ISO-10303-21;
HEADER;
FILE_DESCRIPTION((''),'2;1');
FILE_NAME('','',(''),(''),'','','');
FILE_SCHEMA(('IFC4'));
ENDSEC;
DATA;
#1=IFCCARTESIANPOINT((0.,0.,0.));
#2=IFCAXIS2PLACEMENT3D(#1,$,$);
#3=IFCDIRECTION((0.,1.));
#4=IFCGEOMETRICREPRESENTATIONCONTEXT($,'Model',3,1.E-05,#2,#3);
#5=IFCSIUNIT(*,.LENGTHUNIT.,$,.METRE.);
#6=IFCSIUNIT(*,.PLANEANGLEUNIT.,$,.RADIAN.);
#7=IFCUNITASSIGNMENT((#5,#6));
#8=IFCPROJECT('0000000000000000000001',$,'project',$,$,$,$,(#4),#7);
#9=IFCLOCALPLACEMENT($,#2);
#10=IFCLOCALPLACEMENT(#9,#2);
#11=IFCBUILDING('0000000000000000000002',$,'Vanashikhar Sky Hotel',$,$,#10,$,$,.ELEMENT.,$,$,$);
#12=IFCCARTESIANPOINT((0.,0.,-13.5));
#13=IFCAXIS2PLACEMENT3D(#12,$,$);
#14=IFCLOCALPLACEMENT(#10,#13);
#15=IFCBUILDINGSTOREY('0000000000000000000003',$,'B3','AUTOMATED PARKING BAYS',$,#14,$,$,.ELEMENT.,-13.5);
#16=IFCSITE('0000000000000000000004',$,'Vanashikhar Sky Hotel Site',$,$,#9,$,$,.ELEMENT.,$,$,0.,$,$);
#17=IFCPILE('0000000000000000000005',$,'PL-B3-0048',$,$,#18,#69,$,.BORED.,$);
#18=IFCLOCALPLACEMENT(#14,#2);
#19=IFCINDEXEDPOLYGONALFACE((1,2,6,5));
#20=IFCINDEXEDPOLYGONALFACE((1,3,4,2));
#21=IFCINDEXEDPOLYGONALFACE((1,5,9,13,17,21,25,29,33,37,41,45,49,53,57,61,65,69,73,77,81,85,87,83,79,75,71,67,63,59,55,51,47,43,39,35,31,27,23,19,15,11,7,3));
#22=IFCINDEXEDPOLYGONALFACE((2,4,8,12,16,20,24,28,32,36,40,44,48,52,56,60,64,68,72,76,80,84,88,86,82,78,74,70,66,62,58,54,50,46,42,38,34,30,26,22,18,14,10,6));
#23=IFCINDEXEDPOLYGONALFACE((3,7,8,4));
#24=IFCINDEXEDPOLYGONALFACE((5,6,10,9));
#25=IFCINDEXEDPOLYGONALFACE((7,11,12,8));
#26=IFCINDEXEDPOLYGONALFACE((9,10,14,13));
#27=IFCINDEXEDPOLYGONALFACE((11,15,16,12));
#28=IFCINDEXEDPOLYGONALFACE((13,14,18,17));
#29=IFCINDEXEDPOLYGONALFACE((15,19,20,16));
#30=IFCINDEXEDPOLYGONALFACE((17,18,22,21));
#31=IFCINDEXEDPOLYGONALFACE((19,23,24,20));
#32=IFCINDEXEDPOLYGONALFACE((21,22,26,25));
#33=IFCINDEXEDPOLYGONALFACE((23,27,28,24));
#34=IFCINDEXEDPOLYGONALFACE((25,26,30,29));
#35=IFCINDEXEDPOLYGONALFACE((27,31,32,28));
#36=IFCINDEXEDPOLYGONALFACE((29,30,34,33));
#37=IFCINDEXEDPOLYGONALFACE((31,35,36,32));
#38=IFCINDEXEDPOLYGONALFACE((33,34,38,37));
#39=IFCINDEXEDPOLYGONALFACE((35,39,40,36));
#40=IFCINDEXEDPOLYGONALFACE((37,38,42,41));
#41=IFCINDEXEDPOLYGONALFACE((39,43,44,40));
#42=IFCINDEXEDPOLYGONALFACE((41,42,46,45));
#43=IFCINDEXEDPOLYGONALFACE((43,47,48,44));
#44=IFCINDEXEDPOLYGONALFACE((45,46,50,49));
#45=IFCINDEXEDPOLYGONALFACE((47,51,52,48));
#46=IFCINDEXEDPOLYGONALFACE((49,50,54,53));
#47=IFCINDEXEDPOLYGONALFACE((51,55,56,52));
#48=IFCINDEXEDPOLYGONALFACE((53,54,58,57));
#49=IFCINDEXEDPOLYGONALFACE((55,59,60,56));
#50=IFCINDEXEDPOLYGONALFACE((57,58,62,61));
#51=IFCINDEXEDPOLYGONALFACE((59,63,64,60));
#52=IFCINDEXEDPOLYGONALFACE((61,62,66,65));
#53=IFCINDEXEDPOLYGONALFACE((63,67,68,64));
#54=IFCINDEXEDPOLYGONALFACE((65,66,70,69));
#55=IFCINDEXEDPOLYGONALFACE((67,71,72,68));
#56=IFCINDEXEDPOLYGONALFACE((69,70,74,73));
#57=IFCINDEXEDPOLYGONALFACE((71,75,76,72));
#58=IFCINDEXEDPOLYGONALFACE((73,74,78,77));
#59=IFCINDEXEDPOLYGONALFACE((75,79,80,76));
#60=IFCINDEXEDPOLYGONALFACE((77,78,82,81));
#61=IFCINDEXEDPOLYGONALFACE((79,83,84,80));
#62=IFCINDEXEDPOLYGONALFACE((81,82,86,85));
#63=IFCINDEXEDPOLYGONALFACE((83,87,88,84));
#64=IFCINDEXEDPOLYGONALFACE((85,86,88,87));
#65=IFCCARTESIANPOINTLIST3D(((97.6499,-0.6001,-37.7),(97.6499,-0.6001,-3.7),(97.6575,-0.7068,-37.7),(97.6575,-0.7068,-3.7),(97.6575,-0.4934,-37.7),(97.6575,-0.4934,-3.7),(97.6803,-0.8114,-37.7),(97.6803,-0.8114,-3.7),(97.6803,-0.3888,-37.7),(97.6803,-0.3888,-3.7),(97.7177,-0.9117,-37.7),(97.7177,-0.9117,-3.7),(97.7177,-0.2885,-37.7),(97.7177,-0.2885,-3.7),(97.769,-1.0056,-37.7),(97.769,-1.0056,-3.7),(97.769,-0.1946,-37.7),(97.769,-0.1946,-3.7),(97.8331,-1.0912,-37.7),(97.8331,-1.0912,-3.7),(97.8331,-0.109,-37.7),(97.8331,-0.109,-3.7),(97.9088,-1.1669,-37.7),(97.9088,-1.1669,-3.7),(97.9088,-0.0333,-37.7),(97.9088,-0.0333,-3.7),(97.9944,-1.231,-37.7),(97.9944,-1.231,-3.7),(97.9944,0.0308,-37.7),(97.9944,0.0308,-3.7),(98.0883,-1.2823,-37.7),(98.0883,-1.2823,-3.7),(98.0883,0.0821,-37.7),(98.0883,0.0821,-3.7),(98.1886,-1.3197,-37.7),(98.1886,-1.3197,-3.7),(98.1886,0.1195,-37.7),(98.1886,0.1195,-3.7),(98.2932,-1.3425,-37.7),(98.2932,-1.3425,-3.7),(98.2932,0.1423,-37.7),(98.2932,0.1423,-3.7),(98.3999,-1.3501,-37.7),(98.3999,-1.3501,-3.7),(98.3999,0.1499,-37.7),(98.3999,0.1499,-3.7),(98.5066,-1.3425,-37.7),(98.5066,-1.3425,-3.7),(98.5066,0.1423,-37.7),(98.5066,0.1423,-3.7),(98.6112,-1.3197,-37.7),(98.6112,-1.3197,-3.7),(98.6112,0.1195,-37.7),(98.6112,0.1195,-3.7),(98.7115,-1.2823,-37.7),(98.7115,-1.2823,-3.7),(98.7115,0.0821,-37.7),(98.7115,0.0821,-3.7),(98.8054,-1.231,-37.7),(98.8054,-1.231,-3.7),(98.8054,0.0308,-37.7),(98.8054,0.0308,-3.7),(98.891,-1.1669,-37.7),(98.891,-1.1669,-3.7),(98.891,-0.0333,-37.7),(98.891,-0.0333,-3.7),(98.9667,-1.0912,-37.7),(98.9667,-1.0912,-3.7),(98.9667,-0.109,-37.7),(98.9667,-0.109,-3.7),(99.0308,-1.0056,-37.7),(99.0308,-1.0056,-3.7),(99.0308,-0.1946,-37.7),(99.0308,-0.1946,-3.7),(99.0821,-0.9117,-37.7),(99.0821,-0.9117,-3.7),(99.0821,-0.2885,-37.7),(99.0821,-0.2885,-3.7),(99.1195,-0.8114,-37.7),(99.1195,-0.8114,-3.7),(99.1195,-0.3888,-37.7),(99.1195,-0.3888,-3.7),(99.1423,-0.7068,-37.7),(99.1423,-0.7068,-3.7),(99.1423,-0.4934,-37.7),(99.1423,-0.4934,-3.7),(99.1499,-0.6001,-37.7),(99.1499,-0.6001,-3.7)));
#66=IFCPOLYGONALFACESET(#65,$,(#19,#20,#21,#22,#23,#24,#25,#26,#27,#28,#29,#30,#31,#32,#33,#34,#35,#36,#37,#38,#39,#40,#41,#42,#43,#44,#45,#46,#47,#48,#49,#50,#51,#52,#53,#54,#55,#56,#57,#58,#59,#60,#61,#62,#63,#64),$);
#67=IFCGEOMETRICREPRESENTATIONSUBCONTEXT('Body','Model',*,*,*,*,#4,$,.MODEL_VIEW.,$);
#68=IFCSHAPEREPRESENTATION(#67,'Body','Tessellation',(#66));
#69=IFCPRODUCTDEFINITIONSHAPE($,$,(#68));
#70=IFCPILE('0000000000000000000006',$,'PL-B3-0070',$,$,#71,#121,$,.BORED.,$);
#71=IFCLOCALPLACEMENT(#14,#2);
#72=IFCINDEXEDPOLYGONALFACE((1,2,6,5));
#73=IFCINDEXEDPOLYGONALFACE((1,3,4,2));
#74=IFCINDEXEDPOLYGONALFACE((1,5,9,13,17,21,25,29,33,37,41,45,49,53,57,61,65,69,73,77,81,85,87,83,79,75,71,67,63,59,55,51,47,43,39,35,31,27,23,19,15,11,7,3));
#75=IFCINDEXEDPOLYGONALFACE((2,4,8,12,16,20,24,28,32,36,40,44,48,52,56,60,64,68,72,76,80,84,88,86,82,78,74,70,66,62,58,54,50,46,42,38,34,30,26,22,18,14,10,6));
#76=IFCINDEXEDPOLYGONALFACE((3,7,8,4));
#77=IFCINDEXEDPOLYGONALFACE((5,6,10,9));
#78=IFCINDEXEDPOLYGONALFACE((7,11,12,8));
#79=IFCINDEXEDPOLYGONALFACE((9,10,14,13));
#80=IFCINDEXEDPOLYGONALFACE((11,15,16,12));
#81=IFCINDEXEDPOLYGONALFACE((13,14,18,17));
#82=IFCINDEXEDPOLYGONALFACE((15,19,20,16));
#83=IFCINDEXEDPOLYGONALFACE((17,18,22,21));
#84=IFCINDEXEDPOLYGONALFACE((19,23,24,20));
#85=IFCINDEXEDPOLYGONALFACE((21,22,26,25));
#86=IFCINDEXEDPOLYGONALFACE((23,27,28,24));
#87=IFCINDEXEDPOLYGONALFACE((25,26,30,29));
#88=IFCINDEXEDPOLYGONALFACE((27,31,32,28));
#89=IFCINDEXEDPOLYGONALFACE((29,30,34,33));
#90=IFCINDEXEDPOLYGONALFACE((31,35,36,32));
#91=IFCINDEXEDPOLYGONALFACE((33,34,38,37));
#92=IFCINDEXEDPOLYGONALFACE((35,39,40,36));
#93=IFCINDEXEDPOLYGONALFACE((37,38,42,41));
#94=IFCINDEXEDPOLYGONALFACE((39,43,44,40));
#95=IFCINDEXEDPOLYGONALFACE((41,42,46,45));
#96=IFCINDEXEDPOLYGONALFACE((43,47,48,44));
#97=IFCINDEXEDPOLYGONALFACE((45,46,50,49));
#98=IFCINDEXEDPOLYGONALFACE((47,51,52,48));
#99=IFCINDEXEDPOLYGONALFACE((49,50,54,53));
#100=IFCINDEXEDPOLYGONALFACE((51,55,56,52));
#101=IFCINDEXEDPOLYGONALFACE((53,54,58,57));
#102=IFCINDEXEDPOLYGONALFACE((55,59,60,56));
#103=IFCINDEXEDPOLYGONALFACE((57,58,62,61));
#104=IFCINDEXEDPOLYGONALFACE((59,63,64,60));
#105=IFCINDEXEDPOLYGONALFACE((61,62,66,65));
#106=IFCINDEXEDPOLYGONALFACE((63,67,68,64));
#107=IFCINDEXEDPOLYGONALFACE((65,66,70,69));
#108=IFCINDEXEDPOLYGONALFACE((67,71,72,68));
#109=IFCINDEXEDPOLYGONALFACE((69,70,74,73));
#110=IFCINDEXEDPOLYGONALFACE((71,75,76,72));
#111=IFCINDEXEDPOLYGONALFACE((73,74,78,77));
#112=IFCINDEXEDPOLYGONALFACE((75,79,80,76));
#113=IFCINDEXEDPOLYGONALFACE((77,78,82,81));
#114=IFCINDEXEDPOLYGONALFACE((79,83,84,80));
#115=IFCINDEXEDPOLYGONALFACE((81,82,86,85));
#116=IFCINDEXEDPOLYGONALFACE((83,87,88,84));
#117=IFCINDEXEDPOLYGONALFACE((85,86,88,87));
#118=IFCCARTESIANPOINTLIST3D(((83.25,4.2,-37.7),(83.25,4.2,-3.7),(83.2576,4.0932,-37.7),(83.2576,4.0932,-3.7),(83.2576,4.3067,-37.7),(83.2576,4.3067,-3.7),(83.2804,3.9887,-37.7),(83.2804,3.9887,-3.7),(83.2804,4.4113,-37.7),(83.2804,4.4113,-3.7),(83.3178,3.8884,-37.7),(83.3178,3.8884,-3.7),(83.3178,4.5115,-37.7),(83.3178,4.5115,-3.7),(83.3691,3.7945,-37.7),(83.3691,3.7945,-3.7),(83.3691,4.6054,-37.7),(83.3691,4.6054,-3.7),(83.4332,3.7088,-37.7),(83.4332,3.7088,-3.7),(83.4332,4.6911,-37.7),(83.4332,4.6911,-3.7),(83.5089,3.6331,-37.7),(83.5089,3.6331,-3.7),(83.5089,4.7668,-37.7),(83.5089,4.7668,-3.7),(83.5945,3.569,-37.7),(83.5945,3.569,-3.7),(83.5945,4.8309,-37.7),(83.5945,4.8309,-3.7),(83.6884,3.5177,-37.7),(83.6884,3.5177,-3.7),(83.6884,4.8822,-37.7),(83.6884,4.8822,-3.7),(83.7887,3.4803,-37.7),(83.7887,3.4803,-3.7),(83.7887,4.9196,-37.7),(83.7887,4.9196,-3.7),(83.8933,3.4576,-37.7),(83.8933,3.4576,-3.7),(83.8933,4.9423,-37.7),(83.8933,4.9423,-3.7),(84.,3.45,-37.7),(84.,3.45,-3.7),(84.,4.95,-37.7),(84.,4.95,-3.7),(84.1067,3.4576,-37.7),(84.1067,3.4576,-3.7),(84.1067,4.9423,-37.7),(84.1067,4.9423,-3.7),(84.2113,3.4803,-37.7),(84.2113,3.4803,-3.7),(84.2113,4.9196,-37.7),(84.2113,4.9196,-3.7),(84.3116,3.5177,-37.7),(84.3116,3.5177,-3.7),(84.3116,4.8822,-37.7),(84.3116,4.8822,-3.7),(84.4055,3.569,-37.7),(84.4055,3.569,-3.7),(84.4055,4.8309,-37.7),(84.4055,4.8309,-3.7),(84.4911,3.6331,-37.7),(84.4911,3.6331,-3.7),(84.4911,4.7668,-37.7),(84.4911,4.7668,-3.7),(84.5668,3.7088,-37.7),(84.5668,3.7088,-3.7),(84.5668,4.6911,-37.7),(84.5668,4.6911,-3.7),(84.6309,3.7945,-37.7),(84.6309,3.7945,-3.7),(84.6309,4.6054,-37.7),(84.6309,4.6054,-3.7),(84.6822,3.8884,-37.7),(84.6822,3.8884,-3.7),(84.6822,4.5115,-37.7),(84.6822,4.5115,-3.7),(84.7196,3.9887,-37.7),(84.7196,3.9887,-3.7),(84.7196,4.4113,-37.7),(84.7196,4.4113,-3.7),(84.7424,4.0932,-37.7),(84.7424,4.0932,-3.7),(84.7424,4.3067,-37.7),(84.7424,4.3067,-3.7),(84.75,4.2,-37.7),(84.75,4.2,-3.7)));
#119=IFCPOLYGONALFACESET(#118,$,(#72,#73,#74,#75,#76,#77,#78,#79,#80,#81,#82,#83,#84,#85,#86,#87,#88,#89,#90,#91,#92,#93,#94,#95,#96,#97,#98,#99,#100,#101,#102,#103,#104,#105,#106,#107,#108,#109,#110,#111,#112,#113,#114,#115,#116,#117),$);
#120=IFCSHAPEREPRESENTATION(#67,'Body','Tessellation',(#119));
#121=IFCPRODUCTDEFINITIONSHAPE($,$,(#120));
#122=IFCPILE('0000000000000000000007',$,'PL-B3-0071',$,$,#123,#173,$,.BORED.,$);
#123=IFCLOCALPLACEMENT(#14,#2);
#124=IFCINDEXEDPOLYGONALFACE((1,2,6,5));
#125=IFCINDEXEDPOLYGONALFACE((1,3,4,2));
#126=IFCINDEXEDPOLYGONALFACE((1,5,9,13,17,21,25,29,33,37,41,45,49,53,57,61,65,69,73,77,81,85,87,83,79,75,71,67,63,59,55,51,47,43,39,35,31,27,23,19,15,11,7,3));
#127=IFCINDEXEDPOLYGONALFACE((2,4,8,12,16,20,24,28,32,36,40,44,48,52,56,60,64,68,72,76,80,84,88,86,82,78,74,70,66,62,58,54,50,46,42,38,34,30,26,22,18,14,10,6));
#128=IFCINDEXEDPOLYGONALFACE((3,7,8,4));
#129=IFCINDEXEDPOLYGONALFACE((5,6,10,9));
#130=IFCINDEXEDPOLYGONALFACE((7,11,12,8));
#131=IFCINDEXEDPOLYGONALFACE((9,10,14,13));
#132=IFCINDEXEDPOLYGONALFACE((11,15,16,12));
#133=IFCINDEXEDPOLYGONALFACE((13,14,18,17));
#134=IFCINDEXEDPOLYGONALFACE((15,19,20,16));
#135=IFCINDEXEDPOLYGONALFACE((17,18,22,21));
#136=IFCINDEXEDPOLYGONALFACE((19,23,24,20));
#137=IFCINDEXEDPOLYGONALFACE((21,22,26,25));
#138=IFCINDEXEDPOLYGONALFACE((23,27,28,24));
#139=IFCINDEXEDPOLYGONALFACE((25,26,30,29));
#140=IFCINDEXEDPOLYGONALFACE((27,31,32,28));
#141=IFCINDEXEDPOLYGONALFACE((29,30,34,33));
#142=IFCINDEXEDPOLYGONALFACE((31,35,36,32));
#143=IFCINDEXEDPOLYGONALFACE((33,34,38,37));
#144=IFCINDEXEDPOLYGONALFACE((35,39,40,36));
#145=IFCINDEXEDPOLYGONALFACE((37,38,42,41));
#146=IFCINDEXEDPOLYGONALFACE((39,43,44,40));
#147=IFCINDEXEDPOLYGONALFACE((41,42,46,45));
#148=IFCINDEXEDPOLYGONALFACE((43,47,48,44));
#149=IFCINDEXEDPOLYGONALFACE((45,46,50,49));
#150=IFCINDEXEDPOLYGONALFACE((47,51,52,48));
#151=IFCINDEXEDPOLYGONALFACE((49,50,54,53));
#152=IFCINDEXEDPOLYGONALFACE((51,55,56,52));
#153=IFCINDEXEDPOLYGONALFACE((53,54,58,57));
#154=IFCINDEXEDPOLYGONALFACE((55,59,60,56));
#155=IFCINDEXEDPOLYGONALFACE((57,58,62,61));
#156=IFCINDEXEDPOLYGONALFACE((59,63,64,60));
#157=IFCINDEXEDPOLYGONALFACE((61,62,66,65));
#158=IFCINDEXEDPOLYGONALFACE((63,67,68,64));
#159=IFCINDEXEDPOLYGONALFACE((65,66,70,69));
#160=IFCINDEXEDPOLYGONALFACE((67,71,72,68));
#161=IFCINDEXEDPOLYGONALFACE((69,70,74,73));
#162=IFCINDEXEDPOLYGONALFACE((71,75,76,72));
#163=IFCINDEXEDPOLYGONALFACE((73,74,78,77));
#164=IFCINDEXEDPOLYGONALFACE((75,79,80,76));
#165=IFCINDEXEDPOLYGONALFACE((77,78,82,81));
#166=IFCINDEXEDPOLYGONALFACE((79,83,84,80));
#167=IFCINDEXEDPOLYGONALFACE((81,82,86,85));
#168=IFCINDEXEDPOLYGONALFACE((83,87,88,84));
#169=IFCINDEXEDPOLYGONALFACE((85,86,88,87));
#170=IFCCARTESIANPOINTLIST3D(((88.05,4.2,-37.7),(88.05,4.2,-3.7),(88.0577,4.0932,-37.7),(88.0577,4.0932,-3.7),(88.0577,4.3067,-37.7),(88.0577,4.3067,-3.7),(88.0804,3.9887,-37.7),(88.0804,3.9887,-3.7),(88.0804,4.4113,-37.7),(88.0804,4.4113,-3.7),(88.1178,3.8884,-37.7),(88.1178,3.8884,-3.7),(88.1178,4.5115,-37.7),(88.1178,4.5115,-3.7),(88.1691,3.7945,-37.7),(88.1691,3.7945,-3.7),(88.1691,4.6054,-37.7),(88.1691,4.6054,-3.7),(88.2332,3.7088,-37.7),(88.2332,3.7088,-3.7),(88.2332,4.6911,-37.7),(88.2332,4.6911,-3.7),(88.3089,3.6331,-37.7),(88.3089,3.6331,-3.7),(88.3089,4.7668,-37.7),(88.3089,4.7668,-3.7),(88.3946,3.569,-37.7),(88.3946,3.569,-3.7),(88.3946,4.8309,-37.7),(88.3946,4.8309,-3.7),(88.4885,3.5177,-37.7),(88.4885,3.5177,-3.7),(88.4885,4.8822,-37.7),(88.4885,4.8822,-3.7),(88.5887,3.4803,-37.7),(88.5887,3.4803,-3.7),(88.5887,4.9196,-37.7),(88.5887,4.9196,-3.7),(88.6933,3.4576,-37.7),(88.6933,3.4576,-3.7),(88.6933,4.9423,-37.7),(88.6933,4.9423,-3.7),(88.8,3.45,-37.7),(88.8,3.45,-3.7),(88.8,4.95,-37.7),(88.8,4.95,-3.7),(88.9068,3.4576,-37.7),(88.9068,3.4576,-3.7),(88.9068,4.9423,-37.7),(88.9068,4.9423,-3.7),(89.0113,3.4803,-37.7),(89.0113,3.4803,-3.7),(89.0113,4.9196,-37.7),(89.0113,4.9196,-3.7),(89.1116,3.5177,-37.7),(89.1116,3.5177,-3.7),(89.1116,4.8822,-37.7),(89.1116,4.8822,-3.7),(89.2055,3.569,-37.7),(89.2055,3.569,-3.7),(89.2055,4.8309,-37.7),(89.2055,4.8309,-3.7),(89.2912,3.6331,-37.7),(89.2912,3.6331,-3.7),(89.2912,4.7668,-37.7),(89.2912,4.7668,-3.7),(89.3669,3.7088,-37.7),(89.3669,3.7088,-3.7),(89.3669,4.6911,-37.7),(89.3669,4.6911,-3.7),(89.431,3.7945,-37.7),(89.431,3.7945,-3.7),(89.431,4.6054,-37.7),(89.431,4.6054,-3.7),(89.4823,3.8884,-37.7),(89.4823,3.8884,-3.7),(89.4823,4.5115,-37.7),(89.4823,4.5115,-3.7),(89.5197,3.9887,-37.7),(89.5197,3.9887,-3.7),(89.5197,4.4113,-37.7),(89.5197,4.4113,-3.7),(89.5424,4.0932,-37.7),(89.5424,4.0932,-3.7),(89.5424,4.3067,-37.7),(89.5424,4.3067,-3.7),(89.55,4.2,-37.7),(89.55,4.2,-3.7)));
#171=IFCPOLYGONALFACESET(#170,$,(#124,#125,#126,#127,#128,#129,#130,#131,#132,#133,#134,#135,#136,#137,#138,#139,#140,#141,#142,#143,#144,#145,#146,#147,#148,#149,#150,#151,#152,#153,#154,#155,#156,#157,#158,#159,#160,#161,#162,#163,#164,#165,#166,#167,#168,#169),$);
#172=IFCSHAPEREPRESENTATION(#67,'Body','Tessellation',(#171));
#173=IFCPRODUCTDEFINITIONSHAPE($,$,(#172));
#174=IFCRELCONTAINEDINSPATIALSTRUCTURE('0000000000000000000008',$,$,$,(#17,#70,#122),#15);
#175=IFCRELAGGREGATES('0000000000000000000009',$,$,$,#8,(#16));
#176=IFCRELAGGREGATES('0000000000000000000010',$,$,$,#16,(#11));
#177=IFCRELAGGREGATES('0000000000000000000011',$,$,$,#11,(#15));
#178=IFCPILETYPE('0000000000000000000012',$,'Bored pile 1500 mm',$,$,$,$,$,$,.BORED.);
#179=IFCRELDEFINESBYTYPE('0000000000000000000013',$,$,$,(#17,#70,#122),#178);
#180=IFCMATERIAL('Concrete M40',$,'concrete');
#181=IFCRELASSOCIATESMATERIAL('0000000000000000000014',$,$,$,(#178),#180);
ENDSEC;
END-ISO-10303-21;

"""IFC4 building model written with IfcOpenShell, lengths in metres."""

from ifc_helpers import new_model, si_unit, direction, frame, origin, origin_2d, place, context, subcontext, project, spatial, circle, extrude, source, transform, mapped, material, type_object, element, save


model = new_model("IFC4")

# Units and contexts
model_context = context("Model", 3, precision=1e-05, world=origin(), true_north=direction((0.0, 1.0)))
body_context = subcontext(model_context, "Body", "Model", "MODEL_VIEW")
ifc_project = project(units=[si_unit("LENGTHUNIT", "METRE"), si_unit("PLANEANGLEUNIT", "RADIAN")], contexts=[model_context])

# Site, building, storey
site_placement = place(None, origin())
site = spatial("IfcSite", under=ifc_project, at=site_placement, Name="Vanashikhar Sky Hotel Site", CompositionType="ELEMENT", RefElevation=0.0)
building_placement = place(site_placement, origin())
building = spatial("IfcBuilding", under=site, at=building_placement, Name="Vanashikhar Sky Hotel", CompositionType="ELEMENT")
storey_placement = place(building_placement, frame((0.0, 0.0, -13.5)))
storey = spatial("IfcBuildingStorey", under=building, at=storey_placement, Name="B3", Description="AUTOMATED PARKING BAYS", CompositionType="ELEMENT", Elevation=-13.5)

# Piles
ifc_material_1 = material(Name="Concrete M40", Category="concrete")
pile_type = type_object("IfcPileType", Name="Bored pile 1500 mm", PredefinedType="BORED", material=ifc_material_1)
shared_shape_1 = source(origin(), body_context, "Body", "SweptSolid", [
    extrude(circle(Radius=0.75, at=origin_2d()), origin(), (0.0, 0.0, 1.0), 34.0),
])
for number, where, z_axis, x_axis, name in (
    (1, (98.3999, -0.6001, -3.7), (0.0, 0.0, -1.0), (1.0, 0.0, 0.0), "PL-B3-0048"),
    (2, (84.0, 4.2, -3.7), (0.0, 0.0, -1.0), (1.0, 0.0, 0.0), "PL-B3-0070"),
    (3, (88.8, 4.2, -3.7), (0.0, 0.0, -1.0), (1.0, 0.0, 0.0), "PL-B3-0071"),
):
    element("IfcPile", number, at=place(storey_placement, frame(where, z_axis=z_axis, x_axis=x_axis)), inside=storey, type_object=pile_type, Name=name, PredefinedType="BORED", context=body_context, shape_type="MappedRepresentation", body=[
        mapped(shared_shape_1, transform((0.0, 0.0, 0.0), scale=1.0)),
    ])

save(model, "model.ifc")
